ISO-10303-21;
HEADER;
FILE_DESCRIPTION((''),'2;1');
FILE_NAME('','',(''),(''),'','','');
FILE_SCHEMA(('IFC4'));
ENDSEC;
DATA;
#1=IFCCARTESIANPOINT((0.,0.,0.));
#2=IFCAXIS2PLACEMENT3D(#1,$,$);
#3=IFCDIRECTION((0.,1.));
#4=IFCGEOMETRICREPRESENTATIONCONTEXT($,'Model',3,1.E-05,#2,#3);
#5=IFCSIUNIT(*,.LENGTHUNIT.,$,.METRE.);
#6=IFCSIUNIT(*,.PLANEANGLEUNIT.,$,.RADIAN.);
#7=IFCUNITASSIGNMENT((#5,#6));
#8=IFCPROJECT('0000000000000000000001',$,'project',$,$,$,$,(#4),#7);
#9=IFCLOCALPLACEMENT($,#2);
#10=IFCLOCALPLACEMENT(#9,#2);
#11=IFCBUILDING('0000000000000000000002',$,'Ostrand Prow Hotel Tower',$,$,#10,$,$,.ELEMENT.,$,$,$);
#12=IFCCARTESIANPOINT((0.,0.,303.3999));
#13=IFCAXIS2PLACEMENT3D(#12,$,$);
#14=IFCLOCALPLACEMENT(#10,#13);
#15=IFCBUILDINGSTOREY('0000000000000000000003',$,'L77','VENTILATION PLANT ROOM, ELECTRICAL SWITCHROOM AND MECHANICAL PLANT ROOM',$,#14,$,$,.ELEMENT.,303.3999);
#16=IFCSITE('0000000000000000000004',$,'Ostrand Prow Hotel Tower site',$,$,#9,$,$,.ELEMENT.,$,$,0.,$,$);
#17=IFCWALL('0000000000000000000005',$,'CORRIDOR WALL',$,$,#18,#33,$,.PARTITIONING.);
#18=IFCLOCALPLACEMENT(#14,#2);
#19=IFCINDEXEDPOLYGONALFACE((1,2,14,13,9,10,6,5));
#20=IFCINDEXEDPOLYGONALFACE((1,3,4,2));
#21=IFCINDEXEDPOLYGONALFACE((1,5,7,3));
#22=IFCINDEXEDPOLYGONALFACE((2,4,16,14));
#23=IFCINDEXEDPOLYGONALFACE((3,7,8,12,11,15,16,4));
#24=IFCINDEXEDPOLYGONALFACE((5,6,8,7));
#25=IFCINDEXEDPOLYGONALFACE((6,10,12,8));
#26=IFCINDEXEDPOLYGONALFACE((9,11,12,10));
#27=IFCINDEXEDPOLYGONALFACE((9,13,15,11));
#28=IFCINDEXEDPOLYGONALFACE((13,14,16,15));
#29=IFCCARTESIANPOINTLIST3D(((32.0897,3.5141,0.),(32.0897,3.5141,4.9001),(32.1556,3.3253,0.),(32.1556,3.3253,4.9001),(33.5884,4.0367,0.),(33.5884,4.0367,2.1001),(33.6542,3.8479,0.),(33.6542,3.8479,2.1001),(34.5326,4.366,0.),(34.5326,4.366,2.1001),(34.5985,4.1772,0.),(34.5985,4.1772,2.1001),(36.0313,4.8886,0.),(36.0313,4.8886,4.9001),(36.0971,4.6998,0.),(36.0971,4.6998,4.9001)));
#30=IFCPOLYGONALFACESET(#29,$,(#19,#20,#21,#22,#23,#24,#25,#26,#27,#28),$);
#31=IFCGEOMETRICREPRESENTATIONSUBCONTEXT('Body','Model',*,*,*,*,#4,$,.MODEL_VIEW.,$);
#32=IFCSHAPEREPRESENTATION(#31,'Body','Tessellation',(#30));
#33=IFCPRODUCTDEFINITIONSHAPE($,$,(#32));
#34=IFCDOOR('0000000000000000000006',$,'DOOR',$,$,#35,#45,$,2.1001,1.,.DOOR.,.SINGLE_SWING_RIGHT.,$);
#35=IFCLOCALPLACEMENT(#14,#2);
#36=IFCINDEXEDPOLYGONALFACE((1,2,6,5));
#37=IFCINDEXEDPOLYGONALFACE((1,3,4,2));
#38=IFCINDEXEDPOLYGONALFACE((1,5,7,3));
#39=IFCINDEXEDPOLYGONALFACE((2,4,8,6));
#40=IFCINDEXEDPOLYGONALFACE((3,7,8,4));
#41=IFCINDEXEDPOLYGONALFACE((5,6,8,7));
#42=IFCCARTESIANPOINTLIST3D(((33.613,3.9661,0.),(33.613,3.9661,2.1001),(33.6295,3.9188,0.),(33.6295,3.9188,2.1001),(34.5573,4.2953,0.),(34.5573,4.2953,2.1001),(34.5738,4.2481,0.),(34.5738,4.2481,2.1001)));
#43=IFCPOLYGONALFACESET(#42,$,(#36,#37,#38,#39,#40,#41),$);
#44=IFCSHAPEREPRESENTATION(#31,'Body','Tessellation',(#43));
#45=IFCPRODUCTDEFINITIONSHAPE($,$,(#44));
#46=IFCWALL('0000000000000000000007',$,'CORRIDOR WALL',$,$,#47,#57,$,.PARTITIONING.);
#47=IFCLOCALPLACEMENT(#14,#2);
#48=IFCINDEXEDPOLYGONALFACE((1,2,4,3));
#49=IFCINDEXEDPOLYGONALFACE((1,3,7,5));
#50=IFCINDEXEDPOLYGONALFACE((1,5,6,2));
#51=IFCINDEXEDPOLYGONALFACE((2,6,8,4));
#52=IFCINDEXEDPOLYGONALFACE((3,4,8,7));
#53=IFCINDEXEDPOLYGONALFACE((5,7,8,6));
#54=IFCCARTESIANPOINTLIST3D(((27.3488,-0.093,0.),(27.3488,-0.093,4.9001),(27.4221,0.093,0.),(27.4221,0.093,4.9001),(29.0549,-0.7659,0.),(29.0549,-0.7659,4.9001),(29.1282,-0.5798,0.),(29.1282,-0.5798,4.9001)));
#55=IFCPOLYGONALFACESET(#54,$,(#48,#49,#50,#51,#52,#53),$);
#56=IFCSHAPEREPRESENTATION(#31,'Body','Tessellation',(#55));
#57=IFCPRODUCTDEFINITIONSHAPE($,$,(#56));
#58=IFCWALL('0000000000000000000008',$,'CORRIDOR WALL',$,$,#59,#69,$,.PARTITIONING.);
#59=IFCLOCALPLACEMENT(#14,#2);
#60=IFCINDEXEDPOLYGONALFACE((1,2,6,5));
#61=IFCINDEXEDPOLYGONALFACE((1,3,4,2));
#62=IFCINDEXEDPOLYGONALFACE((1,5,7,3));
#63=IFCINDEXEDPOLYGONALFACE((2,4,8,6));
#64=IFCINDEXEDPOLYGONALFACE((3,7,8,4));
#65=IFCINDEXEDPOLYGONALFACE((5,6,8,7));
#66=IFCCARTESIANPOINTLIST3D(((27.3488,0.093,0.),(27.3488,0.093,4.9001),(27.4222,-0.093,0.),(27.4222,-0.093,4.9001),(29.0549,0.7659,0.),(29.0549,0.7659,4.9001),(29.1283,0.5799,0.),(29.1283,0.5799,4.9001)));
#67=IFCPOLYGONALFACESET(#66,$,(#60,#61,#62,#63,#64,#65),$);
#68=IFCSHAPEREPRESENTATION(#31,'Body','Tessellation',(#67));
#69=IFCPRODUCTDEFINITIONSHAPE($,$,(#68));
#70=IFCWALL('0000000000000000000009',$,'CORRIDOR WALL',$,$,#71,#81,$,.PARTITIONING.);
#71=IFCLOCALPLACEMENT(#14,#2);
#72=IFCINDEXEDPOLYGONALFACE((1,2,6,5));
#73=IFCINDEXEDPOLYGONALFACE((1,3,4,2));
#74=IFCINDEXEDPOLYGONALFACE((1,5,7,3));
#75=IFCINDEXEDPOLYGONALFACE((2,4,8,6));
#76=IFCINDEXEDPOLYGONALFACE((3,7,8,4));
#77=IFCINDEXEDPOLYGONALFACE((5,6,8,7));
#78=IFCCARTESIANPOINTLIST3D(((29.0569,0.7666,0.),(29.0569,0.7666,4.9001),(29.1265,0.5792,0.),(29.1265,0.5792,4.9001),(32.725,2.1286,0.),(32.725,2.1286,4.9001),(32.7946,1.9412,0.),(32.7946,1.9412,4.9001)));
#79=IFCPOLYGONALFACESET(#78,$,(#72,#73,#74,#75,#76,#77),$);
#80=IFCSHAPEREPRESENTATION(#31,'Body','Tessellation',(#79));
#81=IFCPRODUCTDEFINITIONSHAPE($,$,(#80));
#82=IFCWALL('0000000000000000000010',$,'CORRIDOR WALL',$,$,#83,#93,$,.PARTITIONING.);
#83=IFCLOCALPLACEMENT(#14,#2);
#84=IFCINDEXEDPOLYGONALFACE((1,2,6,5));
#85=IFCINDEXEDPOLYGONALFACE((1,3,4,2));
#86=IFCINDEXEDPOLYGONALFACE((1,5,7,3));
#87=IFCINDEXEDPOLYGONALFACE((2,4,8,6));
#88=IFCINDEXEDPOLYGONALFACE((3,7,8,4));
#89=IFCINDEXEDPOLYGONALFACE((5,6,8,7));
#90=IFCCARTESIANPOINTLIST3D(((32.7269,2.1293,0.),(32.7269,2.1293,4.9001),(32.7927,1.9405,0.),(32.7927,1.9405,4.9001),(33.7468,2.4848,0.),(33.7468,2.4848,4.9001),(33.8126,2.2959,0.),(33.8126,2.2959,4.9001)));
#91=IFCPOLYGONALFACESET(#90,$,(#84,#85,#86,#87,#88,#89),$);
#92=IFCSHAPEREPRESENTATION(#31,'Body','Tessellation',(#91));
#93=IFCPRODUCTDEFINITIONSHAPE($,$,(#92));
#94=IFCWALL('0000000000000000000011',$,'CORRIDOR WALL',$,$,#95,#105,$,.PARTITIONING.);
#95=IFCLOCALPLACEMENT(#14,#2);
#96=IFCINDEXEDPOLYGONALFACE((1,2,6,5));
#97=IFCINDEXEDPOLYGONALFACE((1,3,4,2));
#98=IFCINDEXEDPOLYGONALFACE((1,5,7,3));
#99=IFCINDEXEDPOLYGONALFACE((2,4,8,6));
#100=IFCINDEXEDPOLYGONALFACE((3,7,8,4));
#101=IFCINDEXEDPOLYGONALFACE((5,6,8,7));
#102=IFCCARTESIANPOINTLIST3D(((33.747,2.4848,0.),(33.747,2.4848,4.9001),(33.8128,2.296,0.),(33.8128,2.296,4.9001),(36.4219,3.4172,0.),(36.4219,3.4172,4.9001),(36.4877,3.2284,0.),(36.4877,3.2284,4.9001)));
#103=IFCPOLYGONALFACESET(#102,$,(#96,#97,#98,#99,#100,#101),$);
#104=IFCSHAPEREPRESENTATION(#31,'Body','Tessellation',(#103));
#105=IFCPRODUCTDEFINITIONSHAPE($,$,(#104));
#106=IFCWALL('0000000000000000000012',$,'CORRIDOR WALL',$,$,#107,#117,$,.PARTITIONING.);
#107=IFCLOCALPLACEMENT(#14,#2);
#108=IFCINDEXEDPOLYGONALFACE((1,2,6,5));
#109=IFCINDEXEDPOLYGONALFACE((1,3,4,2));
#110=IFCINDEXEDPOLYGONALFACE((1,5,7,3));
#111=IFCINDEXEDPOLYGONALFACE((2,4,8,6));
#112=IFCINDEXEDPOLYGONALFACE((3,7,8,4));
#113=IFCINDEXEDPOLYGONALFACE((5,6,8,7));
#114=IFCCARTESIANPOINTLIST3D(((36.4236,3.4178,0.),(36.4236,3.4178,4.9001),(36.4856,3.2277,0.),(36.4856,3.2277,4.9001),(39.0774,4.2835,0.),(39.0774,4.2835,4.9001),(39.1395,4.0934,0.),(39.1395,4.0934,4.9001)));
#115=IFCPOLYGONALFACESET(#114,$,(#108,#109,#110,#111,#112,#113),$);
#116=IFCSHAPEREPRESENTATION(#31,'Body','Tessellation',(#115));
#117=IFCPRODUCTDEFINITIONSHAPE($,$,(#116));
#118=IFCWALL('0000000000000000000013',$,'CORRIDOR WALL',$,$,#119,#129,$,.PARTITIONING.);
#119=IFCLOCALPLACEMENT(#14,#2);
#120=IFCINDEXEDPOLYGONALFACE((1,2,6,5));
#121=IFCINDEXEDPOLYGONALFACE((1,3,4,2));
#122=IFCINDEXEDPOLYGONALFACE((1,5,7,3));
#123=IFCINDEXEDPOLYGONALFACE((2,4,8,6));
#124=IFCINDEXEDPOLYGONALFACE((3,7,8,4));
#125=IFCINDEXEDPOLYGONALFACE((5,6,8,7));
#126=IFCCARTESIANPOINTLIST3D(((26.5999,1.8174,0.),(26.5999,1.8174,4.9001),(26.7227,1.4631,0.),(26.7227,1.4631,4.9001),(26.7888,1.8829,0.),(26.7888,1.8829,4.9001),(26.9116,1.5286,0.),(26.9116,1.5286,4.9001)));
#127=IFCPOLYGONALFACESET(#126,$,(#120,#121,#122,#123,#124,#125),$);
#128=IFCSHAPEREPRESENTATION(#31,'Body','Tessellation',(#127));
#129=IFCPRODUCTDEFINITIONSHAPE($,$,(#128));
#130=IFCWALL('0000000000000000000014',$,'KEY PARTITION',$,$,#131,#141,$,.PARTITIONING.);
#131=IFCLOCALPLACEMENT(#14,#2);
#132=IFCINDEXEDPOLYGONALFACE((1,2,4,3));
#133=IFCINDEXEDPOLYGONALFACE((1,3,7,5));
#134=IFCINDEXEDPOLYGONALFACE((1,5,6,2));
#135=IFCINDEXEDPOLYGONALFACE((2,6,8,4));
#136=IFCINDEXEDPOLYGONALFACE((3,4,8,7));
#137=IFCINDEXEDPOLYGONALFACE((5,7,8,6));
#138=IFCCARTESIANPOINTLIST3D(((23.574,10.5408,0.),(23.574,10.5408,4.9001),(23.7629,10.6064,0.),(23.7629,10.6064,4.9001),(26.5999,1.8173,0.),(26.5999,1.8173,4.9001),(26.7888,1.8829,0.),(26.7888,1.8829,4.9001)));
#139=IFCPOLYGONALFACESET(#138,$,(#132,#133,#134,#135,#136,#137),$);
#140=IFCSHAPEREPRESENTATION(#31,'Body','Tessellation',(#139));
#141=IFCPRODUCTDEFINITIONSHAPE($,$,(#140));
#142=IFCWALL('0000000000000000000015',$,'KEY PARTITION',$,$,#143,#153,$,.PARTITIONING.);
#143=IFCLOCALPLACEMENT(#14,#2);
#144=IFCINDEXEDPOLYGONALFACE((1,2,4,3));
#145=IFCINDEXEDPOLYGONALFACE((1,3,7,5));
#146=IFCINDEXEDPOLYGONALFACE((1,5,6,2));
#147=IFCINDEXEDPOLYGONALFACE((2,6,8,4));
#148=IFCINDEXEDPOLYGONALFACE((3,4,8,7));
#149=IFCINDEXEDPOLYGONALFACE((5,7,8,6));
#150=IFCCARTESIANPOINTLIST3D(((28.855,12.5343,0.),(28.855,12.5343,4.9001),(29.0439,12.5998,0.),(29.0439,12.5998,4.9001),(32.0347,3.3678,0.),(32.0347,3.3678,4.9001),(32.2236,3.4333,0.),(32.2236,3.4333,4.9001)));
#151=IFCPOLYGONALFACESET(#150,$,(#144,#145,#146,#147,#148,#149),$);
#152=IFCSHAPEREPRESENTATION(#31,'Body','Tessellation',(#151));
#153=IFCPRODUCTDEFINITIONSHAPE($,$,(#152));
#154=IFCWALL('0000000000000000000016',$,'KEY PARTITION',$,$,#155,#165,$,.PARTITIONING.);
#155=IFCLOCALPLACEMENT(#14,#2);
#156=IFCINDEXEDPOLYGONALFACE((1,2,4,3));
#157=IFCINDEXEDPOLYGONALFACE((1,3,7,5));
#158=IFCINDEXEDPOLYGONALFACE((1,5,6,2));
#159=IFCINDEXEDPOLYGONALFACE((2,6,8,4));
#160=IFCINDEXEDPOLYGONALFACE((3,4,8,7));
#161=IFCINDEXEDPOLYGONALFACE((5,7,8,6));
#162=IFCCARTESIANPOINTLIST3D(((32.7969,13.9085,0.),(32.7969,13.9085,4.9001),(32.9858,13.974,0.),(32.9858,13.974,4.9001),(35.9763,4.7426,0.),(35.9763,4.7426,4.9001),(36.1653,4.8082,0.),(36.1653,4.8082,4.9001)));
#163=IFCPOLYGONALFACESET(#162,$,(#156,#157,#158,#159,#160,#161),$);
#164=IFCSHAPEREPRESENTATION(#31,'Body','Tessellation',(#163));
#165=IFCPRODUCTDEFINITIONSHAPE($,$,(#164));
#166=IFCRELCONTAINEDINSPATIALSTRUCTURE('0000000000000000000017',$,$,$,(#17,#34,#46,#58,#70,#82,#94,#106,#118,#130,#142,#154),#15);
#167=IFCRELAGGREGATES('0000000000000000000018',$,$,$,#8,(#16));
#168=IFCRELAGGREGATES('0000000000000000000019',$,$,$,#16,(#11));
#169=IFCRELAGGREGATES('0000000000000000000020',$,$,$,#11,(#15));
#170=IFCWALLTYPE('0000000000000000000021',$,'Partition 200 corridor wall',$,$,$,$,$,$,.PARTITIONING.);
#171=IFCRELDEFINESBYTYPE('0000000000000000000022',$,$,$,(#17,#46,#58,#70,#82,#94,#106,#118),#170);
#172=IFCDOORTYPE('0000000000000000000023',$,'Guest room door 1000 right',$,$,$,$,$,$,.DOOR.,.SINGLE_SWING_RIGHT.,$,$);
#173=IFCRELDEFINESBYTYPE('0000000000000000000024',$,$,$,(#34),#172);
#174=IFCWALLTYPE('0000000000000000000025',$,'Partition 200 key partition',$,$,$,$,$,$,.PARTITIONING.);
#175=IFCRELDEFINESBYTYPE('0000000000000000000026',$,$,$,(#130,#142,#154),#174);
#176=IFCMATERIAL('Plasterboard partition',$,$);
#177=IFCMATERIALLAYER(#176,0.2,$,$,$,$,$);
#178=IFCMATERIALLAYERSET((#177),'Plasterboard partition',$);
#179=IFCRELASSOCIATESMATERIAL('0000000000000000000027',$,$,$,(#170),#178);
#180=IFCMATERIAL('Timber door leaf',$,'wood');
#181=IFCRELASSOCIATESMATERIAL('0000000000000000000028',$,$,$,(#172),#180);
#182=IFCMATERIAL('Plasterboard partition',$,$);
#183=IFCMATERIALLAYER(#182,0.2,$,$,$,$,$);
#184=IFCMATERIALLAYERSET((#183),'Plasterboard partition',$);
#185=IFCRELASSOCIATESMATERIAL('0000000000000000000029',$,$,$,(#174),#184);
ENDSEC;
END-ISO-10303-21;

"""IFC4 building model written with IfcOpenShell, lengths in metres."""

from ifc_helpers import new_model, si_unit, direction, frame, frame_2d, origin, place, context, subcontext, project, spatial, rectangle, extrude, material, layer, layer_set, type_object, element, fill, save


model = new_model("IFC4")

# Units and contexts
model_context = context("Model", 3, precision=1e-05, world=origin(), true_north=direction((0.0, 1.0)))
body_context = subcontext(model_context, "Body", "Model", "MODEL_VIEW")
ifc_project = project(units=[si_unit("LENGTHUNIT", "METRE"), si_unit("PLANEANGLEUNIT", "RADIAN")], contexts=[model_context])

# Site, building, storey
site_placement = place(None, origin())
site = spatial("IfcSite", under=ifc_project, at=site_placement, Name="Ostrand Prow Hotel Tower site", CompositionType="ELEMENT", RefElevation=0.0)
building_placement = place(site_placement, origin())
building = spatial("IfcBuilding", under=site, at=building_placement, Name="Ostrand Prow Hotel Tower", CompositionType="ELEMENT")
storey_placement = place(building_placement, frame((0.0, 0.0, 303.3999)))
storey = spatial("IfcBuildingStorey", under=building, at=storey_placement, Name="L77", Description="VENTILATION PLANT ROOM, ELECTRICAL SWITCHROOM AND MECHANICAL PLANT ROOM", CompositionType="ELEMENT", Elevation=303.3999)

# Wall, opening, door
ifc_material_1 = material(Name="Plasterboard partition")
ifc_layer_1 = layer(ifc_material_1, 0.2)
ifc_layer_set_1 = layer_set([ifc_layer_1], Name="Plasterboard partition")
wall_type_1 = type_object("IfcWallType", Name="Partition 200 corridor wall", PredefinedType="PARTITIONING", material=ifc_layer_set_1)
wall_1_placement = place(storey_placement, frame((36.0642, 4.7942, 0.0), z_axis=(0.0, 0.0, 1.0), x_axis=(-0.944236, -0.329269, 0.0)))
wall_1 = element("IfcWall", 1, at=wall_1_placement, inside=storey, type_object=wall_type_1, Name="CORRIDOR WALL", PredefinedType="PARTITIONING", context=body_context, shape_type="SweptSolid", body=[
    extrude(rectangle(XDim=4.1743, YDim=0.2, at=frame_2d((2.0872, 0.0))), origin(), (0.0, 0.0, 1.0), 4.9001),
])
opening_1_placement = place(wall_1_placement, frame((1.5872, 0.0, 0.0)))
opening_1 = element("IfcOpeningElement", 2, at=opening_1_placement, cuts=wall_1, PredefinedType="OPENING", context=body_context, shape_type="SweptSolid", body=[
    extrude(rectangle(XDim=1.0, YDim=2.1001, at=frame_2d((0.5, 1.05))), frame((0.0, 0.1099, 0.0), z_axis=(0.0, -1.0, 0.0), x_axis=(1.0, 0.0, 0.0)), (0.0, 0.0, 1.0), 0.22),
])
ifc_material_2 = material(Name="Timber door leaf", Category="wood")
door_type_1 = type_object("IfcDoorType", Name="Guest room door 1000 right", OperationType="SINGLE_SWING_RIGHT", PredefinedType="DOOR", material=ifc_material_2)
door_1_placement = place(opening_1_placement, origin())
door_1 = element("IfcDoor", 3, at=door_1_placement, inside=storey, type_object=door_type_1, Name="DOOR", OperationType="SINGLE_SWING_RIGHT", OverallHeight=2.1001, OverallWidth=1.0, PredefinedType="DOOR", context=body_context, shape_type="SweptSolid", body=[
    extrude(rectangle(XDim=1.0, YDim=2.1001, at=frame_2d((0.5, 1.05))), frame((0.0, 0.0249, 0.0), z_axis=(0.0, -1.0, 0.0), x_axis=(1.0, 0.0, 0.0)), (0.0, 0.0, 1.0), 0.05),
])
fill(opening_1, door_1)

# Walls
for number, where, z_axis, x_axis, name in (
    (4, (29.0916, -0.6729, 0.0), (0.0, 0.0, 1.0), (-0.930265, 0.366888, 0.0), "CORRIDOR WALL"),
    (5, (27.3855, 0.0, 0.0), (0.0, 0.0, 1.0), (0.930265, 0.366888, 0.0), "CORRIDOR WALL"),
):
    element("IfcWall", number, at=place(storey_placement, frame(where, z_axis=z_axis, x_axis=x_axis)), inside=storey, type_object=wall_type_1, Name=name, PredefinedType="PARTITIONING", context=body_context, shape_type="SweptSolid", body=[
        extrude(rectangle(XDim=1.834, YDim=0.2, at=frame_2d((0.917, 0.0))), origin(), (0.0, 0.0, 1.0), 4.9001),
    ])
wall_2_placement = place(storey_placement, frame((29.0916, 0.6729, 0.0), z_axis=(0.0, 0.0, 1.0), x_axis=(0.93746, 0.348093, 0.0)))
element("IfcWall", 6, at=wall_2_placement, inside=storey, type_object=wall_type_1, Name="CORRIDOR WALL", PredefinedType="PARTITIONING", context=body_context, shape_type="SweptSolid", body=[
    extrude(rectangle(XDim=3.9128, YDim=0.2, at=frame_2d((1.9565, 0.0))), origin(), (0.0, 0.0, 1.0), 4.9001),
])
wall_3_placement = place(storey_placement, frame((32.7598, 2.0349, 0.0), z_axis=(0.0, 0.0, 1.0), x_axis=(0.944301, 0.329082, 0.0)))
element("IfcWall", 7, at=wall_3_placement, inside=storey, type_object=wall_type_1, Name="CORRIDOR WALL", PredefinedType="PARTITIONING", context=body_context, shape_type="SweptSolid", body=[
    extrude(rectangle(XDim=1.0801, YDim=0.2, at=frame_2d((0.54, 0.0))), origin(), (0.0, 0.0, 1.0), 4.9001),
])
wall_4_placement = place(storey_placement, frame((33.7798, 2.3904, 0.0), z_axis=(0.0, 0.0, 1.0), x_axis=(0.944277, 0.329152, 0.0)))
element("IfcWall", 8, at=wall_4_placement, inside=storey, type_object=wall_type_1, Name="CORRIDOR WALL", PredefinedType="PARTITIONING", context=body_context, shape_type="SweptSolid", body=[
    extrude(rectangle(XDim=2.8328, YDim=0.2, at=frame_2d((1.4165, 0.0))), origin(), (0.0, 0.0, 1.0), 4.9001),
])
wall_5_placement = place(storey_placement, frame((36.4546, 3.3228, 0.0), z_axis=(0.0, 0.0, 1.0), x_axis=(0.950693, 0.310134, 0.0)))
element("IfcWall", 9, at=wall_5_placement, inside=storey, type_object=wall_type_1, Name="CORRIDOR WALL", PredefinedType="PARTITIONING", context=body_context, shape_type="SweptSolid", body=[
    extrude(rectangle(XDim=2.7915, YDim=0.2, at=frame_2d((1.3958, 0.0))), origin(), (0.0, 0.0, 1.0), 4.9001),
])
wall_6_placement = place(storey_placement, frame((26.8171, 1.4958, 0.0), z_axis=(0.0, 0.0, 1.0), x_axis=(-0.327535, 0.944839, 0.0)))
element("IfcWall", 10, at=wall_6_placement, inside=storey, type_object=wall_type_1, Name="CORRIDOR WALL", PredefinedType="PARTITIONING", context=body_context, shape_type="SweptSolid", body=[
    extrude(rectangle(XDim=0.375, YDim=0.2, at=frame_2d((0.1875, 0.0))), origin(), (0.0, 0.0, 1.0), 4.9001),
])
ifc_material_3 = material(Name="Plasterboard partition")
ifc_layer_2 = layer(ifc_material_3, 0.2)
ifc_layer_set_2 = layer_set([ifc_layer_2], Name="Plasterboard partition")
wall_type_2 = type_object("IfcWallType", Name="Partition 200 key partition", PredefinedType="PARTITIONING", material=ifc_layer_set_2)
wall_7_placement = place(storey_placement, frame((26.6943, 1.8501, 0.0), z_axis=(0.0, 0.0, 1.0), x_axis=(-0.327714, 0.944777, 0.0)))
element("IfcWall", 11, at=wall_7_placement, inside=storey, type_object=wall_type_2, Name="KEY PARTITION", PredefinedType="PARTITIONING", context=body_context, shape_type="SweptSolid", body=[
    extrude(rectangle(XDim=9.2334, YDim=0.2, at=frame_2d((4.6167, 0.0))), origin(), (0.0, 0.0, 1.0), 4.9001),
])
wall_8_placement = place(storey_placement, frame((32.1292, 3.4006, 0.0), z_axis=(0.0, 0.0, 1.0), x_axis=(-0.327724, 0.944773, 0.0)))
element("IfcWall", 12, at=wall_8_placement, inside=storey, type_object=wall_type_2, Name="KEY PARTITION", PredefinedType="PARTITIONING", context=body_context, shape_type="SweptSolid", body=[
    extrude(rectangle(XDim=9.7024, YDim=0.2, at=frame_2d((4.8511, 0.0))), origin(), (0.0, 0.0, 1.0), 4.9001),
])
wall_9_placement = place(storey_placement, frame((36.0708, 4.7754, 0.0), z_axis=(0.0, 0.0, 1.0), x_axis=(-0.327725, 0.944773, 0.0)))
element("IfcWall", 13, at=wall_9_placement, inside=storey, type_object=wall_type_2, Name="KEY PARTITION", PredefinedType="PARTITIONING", context=body_context, shape_type="SweptSolid", body=[
    extrude(rectangle(XDim=9.7017, YDim=0.2, at=frame_2d((4.8508, 0.0))), origin(), (0.0, 0.0, 1.0), 4.9001),
])

save(model, "model.ifc")
